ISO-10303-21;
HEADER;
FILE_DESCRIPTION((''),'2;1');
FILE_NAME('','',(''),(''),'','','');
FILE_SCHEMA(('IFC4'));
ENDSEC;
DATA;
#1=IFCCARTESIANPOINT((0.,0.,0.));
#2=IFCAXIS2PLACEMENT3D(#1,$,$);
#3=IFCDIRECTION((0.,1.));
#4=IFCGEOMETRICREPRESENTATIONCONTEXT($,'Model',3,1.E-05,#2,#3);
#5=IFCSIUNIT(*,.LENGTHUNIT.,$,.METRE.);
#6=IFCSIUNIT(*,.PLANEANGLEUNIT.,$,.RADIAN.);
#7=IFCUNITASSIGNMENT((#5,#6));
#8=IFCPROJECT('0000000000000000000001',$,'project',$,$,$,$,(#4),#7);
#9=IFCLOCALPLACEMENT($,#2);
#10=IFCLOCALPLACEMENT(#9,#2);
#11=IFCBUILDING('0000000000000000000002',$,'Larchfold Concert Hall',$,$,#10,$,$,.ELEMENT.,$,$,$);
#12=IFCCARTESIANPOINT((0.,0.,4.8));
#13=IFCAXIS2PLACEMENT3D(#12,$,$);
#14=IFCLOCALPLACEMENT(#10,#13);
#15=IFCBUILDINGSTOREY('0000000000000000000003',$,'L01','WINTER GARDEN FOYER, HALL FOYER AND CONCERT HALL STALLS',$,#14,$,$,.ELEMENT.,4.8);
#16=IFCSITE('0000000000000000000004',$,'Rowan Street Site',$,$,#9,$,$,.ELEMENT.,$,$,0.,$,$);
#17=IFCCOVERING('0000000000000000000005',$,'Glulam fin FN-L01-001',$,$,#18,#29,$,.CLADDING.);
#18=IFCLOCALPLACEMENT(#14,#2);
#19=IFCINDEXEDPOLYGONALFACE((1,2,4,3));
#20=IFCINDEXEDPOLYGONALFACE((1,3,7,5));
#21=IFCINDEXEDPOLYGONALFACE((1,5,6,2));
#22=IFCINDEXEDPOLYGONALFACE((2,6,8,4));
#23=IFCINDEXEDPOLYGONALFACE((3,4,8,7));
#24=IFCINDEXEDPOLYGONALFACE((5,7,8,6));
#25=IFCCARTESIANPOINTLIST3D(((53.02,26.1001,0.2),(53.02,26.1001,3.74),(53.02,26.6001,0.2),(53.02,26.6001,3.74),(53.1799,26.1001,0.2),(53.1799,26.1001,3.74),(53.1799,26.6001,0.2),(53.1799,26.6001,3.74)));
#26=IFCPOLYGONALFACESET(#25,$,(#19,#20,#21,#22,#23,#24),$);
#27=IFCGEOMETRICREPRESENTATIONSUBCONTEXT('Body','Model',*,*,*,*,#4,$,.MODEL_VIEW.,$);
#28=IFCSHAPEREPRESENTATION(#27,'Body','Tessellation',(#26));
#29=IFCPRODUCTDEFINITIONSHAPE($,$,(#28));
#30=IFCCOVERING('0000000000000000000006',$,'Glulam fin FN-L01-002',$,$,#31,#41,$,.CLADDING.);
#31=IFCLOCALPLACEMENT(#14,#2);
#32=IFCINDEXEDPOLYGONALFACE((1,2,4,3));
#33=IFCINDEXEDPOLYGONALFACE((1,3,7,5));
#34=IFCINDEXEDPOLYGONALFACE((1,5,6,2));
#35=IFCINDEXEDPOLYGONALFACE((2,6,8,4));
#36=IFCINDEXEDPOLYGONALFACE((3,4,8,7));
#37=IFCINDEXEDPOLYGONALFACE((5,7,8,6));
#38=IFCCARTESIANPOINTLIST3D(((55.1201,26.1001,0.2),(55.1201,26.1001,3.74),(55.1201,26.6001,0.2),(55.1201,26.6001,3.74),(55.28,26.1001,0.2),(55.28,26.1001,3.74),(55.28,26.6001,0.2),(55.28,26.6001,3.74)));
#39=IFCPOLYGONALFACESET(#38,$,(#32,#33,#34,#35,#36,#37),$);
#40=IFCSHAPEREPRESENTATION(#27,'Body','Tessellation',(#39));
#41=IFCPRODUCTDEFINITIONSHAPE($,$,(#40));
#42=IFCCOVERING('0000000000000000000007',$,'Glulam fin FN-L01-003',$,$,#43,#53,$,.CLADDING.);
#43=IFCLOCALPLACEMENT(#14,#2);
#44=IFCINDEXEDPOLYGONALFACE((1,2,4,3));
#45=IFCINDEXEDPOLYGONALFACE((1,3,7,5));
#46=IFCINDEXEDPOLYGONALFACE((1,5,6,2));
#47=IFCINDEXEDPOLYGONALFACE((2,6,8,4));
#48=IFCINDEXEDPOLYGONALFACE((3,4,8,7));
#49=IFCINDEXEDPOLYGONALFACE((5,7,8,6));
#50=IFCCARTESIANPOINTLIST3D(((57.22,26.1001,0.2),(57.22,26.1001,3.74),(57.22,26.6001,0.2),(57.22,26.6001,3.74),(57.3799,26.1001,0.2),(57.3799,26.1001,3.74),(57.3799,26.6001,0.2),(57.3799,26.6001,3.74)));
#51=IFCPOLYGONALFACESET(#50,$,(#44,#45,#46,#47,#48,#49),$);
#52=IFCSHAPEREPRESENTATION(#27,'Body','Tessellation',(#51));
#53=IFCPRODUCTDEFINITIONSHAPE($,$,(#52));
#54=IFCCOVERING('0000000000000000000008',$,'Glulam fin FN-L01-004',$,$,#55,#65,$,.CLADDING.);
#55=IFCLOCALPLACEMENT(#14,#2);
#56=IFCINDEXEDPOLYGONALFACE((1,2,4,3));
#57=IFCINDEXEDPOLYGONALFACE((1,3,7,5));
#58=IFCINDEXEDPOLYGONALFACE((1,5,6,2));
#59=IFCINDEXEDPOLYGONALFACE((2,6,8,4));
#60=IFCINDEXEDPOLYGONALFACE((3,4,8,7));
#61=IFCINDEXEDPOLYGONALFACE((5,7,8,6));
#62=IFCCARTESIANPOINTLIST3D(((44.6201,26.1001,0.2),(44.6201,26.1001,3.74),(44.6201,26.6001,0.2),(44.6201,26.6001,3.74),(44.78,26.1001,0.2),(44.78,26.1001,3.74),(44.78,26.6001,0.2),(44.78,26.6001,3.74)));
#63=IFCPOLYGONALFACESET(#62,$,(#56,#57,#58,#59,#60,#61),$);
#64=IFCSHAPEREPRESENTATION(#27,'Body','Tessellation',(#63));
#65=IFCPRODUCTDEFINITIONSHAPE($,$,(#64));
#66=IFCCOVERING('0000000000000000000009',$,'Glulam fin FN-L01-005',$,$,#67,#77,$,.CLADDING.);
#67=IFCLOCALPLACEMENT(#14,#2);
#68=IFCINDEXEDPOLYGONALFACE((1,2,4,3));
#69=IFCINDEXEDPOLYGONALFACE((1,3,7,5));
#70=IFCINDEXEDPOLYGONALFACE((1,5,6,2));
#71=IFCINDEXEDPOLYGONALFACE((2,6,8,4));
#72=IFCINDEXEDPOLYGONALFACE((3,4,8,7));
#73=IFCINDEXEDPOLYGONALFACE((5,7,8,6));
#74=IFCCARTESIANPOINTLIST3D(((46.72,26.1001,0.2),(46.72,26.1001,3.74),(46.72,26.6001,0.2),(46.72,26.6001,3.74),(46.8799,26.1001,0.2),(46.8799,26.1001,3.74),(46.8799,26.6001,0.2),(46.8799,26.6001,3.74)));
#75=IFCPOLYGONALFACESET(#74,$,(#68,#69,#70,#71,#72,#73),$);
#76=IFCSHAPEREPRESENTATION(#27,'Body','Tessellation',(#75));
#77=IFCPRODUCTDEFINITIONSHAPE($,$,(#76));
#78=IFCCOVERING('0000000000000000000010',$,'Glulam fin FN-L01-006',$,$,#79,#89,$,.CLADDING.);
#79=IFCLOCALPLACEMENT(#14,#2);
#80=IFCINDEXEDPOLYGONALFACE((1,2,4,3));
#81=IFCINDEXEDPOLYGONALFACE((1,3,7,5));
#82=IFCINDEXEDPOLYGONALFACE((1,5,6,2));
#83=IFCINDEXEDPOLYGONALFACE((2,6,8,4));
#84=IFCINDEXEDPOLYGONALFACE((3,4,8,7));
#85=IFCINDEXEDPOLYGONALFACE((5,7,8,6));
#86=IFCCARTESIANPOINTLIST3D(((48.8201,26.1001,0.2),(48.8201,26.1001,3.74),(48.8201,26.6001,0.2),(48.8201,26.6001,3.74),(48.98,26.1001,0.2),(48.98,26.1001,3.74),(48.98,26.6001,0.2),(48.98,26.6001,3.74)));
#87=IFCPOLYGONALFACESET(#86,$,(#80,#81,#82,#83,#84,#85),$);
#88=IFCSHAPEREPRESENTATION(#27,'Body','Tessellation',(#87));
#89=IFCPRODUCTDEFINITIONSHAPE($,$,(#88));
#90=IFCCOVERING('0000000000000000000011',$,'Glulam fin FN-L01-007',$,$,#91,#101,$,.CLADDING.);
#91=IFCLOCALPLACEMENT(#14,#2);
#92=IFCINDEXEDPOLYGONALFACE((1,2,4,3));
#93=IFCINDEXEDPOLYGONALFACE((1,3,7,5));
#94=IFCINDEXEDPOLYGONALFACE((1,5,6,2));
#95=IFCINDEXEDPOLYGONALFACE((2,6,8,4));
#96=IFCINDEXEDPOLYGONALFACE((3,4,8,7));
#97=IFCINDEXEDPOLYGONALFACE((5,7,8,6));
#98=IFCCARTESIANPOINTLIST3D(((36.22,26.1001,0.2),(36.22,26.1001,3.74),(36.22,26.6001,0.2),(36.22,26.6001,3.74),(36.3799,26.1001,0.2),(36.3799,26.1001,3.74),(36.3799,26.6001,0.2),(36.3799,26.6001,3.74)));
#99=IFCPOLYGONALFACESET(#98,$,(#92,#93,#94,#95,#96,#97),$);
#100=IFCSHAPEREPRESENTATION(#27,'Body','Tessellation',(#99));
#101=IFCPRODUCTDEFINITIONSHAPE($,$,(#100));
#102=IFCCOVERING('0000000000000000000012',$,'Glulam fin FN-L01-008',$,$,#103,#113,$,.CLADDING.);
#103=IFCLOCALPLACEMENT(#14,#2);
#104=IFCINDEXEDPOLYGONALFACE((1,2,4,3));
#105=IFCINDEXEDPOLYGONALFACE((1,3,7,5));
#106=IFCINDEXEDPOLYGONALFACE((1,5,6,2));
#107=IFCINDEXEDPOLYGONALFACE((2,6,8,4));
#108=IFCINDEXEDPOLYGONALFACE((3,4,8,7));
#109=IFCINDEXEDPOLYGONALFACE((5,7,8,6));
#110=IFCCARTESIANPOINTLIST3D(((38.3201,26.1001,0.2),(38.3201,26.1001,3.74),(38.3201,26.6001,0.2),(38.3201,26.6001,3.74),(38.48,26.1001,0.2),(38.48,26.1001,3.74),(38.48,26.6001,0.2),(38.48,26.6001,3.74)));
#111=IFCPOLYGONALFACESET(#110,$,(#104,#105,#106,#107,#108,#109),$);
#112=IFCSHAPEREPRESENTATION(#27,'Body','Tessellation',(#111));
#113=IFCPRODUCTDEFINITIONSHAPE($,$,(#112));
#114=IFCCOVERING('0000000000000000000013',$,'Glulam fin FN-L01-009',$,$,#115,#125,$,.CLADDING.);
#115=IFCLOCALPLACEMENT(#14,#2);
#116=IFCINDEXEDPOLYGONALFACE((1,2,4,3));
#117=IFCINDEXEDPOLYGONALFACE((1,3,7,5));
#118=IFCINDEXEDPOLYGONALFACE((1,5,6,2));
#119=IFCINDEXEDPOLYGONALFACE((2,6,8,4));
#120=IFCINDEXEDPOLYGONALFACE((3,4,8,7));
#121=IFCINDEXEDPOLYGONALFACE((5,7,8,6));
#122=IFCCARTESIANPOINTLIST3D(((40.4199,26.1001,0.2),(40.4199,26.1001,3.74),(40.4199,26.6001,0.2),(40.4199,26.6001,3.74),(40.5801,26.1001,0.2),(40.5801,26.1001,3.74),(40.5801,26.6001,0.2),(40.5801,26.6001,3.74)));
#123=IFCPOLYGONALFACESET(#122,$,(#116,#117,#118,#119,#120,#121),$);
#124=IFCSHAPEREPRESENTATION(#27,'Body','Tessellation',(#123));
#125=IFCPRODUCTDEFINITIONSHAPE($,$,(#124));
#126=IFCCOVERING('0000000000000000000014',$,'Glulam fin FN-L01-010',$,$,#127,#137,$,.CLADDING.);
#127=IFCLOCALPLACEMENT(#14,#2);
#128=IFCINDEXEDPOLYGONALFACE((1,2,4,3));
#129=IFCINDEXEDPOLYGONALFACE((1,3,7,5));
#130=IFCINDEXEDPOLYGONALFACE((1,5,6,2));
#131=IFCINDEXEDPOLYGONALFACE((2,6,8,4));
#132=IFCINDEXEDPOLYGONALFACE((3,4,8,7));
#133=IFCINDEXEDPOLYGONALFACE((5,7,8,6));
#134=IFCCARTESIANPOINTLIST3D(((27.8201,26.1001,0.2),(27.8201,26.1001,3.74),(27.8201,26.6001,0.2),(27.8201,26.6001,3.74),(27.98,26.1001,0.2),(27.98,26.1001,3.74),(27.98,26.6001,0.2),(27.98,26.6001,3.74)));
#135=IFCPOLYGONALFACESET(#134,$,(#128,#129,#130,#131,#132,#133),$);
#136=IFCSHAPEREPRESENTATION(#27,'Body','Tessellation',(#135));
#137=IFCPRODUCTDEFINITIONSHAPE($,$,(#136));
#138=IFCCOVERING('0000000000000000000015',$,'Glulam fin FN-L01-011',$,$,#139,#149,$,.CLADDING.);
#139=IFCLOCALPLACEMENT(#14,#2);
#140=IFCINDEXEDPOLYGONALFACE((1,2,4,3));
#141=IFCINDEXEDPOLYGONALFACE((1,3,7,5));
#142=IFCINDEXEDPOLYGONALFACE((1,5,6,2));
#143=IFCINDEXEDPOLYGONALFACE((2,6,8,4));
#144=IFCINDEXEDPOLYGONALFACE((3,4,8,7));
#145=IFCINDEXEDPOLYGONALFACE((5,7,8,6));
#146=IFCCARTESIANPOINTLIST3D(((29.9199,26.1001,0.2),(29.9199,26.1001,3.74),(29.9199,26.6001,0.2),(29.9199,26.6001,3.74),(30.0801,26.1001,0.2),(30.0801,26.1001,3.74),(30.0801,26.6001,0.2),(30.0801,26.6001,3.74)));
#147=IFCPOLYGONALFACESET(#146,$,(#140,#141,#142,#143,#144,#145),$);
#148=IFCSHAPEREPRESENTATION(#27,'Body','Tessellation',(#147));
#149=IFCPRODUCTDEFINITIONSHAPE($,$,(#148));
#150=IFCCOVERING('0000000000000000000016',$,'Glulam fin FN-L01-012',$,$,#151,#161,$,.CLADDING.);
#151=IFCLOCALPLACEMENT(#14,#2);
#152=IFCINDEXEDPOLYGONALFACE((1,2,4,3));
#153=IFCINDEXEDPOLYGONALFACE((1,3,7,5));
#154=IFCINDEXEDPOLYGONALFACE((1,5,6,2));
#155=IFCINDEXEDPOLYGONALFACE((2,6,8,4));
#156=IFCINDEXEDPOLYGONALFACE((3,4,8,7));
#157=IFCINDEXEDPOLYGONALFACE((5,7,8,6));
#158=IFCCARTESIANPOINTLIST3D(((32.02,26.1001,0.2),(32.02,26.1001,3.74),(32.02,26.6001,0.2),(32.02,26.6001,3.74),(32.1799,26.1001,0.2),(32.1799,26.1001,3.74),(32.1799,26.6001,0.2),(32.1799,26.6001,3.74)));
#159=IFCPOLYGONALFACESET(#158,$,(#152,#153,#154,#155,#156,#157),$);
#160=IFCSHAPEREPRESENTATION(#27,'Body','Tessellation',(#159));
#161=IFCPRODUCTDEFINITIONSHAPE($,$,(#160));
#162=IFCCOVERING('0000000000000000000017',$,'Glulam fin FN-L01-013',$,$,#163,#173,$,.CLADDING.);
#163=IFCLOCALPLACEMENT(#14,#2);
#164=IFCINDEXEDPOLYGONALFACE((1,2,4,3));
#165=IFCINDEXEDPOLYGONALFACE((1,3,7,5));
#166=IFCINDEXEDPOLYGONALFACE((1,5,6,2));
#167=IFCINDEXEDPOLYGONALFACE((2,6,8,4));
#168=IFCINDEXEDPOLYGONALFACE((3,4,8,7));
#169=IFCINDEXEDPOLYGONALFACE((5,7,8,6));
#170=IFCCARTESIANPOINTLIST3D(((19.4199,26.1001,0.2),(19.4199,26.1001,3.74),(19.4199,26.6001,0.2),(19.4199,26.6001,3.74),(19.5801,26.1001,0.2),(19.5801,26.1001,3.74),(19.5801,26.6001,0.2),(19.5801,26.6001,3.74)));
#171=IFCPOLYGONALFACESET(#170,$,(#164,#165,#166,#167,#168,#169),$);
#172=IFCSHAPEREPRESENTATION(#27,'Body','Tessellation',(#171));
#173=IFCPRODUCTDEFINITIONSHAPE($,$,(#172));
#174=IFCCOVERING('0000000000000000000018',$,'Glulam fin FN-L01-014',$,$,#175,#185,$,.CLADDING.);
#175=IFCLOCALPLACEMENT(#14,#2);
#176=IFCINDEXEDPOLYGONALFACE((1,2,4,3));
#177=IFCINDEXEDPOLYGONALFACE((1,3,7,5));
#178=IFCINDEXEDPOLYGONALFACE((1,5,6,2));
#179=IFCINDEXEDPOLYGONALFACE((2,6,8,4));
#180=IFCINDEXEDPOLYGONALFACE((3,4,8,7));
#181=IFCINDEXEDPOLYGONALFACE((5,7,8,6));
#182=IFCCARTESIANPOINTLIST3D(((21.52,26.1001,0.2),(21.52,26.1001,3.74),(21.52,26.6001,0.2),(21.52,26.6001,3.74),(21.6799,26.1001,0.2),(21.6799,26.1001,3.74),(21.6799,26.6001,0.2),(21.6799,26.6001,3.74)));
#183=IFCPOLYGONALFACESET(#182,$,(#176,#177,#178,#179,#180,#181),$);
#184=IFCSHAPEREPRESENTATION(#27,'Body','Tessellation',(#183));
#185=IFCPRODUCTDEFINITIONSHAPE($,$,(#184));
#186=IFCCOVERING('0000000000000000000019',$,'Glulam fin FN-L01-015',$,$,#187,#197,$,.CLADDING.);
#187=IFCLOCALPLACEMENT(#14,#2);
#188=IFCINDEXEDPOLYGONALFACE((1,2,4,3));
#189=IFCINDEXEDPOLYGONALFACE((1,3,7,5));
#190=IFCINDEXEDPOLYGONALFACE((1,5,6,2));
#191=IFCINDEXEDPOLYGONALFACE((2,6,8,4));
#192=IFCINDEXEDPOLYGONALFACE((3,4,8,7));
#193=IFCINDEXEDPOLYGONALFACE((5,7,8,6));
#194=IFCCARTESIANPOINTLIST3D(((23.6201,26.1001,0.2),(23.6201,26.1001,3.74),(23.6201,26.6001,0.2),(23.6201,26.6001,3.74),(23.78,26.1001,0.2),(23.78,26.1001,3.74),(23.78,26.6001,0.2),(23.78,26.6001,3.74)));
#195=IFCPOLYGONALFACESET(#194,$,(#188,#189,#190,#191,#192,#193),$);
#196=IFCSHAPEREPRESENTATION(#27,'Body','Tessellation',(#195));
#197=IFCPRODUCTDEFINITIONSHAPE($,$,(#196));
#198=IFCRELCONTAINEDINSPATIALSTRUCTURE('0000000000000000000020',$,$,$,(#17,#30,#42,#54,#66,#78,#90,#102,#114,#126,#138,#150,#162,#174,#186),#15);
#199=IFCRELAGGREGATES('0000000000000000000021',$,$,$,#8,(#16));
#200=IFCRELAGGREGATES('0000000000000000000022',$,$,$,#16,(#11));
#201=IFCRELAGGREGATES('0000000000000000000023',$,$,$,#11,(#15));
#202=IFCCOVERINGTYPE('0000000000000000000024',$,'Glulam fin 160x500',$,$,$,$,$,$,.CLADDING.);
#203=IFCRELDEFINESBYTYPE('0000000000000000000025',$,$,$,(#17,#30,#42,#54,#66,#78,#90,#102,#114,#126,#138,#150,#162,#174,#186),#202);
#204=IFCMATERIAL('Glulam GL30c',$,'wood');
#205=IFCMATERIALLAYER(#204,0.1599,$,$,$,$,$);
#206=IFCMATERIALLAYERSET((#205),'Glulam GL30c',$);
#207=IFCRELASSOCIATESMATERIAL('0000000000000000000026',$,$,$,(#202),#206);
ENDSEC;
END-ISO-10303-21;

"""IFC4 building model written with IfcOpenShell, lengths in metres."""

from ifc_helpers import new_model, si_unit, direction, frame, origin, place, context, subcontext, project, spatial, polyline, outline, extrude, material, layer, layer_set, type_object, element, save


model = new_model("IFC4")

# Units and contexts
model_context = context("Model", 3, precision=1e-05, world=origin(), true_north=direction((0.0, 1.0)))
body_context = subcontext(model_context, "Body", "Model", "MODEL_VIEW")
ifc_project = project(units=[si_unit("LENGTHUNIT", "METRE"), si_unit("PLANEANGLEUNIT", "RADIAN")], contexts=[model_context])

# Site, building, storey
site_placement = place(None, origin())
site = spatial("IfcSite", under=ifc_project, at=site_placement, Name="Rowan Street Site", CompositionType="ELEMENT", RefElevation=0.0)
building_placement = place(site_placement, origin())
building = spatial("IfcBuilding", under=site, at=building_placement, Name="Larchfold Concert Hall", CompositionType="ELEMENT")
storey_placement = place(building_placement, frame((0.0, 0.0, 4.8)))
storey = spatial("IfcBuildingStorey", under=building, at=storey_placement, Name="L01", Description="WINTER GARDEN FOYER, HALL FOYER AND CONCERT HALL STALLS", CompositionType="ELEMENT", Elevation=4.8)

# Coverings
ifc_material_1 = material(Name="Glulam GL30c", Category="wood")
ifc_layer_1 = layer(ifc_material_1, 0.1599)
ifc_layer_set_1 = layer_set([ifc_layer_1], Name="Glulam GL30c")
covering_type_1 = type_object("IfcCoveringType", Name="Glulam fin 160x500", PredefinedType="CLADDING", material=ifc_layer_set_1)
covering_1_placement = place(storey_placement, frame((0.0, 0.0, 0.2)))
element("IfcCovering", 1, at=covering_1_placement, inside=storey, type_object=covering_type_1, Name="Glulam fin FN-L01-001", PredefinedType="CLADDING", context=body_context, shape_type="SweptSolid", body=[
    extrude(outline(polyline([(53.1799, 26.1001), (53.1799, 26.6001), (53.02, 26.6001), (53.02, 26.1001), (53.1799, 26.1001)])), origin(), (0.0, 0.0, 1.0), 3.54),
])
covering_2_placement = place(storey_placement, frame((0.0, 0.0, 0.2)))
element("IfcCovering", 2, at=covering_2_placement, inside=storey, type_object=covering_type_1, Name="Glulam fin FN-L01-002", PredefinedType="CLADDING", context=body_context, shape_type="SweptSolid", body=[
    extrude(outline(polyline([(55.28, 26.1001), (55.28, 26.6001), (55.1201, 26.6001), (55.1201, 26.1001), (55.28, 26.1001)])), origin(), (0.0, 0.0, 1.0), 3.54),
])
covering_3_placement = place(storey_placement, frame((0.0, 0.0, 0.2)))
element("IfcCovering", 3, at=covering_3_placement, inside=storey, type_object=covering_type_1, Name="Glulam fin FN-L01-003", PredefinedType="CLADDING", context=body_context, shape_type="SweptSolid", body=[
    extrude(outline(polyline([(57.3799, 26.1001), (57.3799, 26.6001), (57.22, 26.6001), (57.22, 26.1001), (57.3799, 26.1001)])), origin(), (0.0, 0.0, 1.0), 3.54),
])
covering_4_placement = place(storey_placement, frame((0.0, 0.0, 0.2)))
element("IfcCovering", 4, at=covering_4_placement, inside=storey, type_object=covering_type_1, Name="Glulam fin FN-L01-004", PredefinedType="CLADDING", context=body_context, shape_type="SweptSolid", body=[
    extrude(outline(polyline([(44.78, 26.1001), (44.78, 26.6001), (44.6201, 26.6001), (44.6201, 26.1001), (44.78, 26.1001)])), origin(), (0.0, 0.0, 1.0), 3.54),
])
covering_5_placement = place(storey_placement, frame((0.0, 0.0, 0.2)))
element("IfcCovering", 5, at=covering_5_placement, inside=storey, type_object=covering_type_1, Name="Glulam fin FN-L01-005", PredefinedType="CLADDING", context=body_context, shape_type="SweptSolid", body=[
    extrude(outline(polyline([(46.8799, 26.1001), (46.8799, 26.6001), (46.72, 26.6001), (46.72, 26.1001), (46.8799, 26.1001)])), origin(), (0.0, 0.0, 1.0), 3.54),
])
covering_6_placement = place(storey_placement, frame((0.0, 0.0, 0.2)))
element("IfcCovering", 6, at=covering_6_placement, inside=storey, type_object=covering_type_1, Name="Glulam fin FN-L01-006", PredefinedType="CLADDING", context=body_context, shape_type="SweptSolid", body=[
    extrude(outline(polyline([(48.98, 26.1001), (48.98, 26.6001), (48.8201, 26.6001), (48.8201, 26.1001), (48.98, 26.1001)])), origin(), (0.0, 0.0, 1.0), 3.54),
])
covering_7_placement = place(storey_placement, frame((0.0, 0.0, 0.2)))
element("IfcCovering", 7, at=covering_7_placement, inside=storey, type_object=covering_type_1, Name="Glulam fin FN-L01-007", PredefinedType="CLADDING", context=body_context, shape_type="SweptSolid", body=[
    extrude(outline(polyline([(36.3799, 26.1001), (36.3799, 26.6001), (36.22, 26.6001), (36.22, 26.1001), (36.3799, 26.1001)])), origin(), (0.0, 0.0, 1.0), 3.54),
])
covering_8_placement = place(storey_placement, frame((0.0, 0.0, 0.2)))
element("IfcCovering", 8, at=covering_8_placement, inside=storey, type_object=covering_type_1, Name="Glulam fin FN-L01-008", PredefinedType="CLADDING", context=body_context, shape_type="SweptSolid", body=[
    extrude(outline(polyline([(38.48, 26.1001), (38.48, 26.6001), (38.3201, 26.6001), (38.3201, 26.1001), (38.48, 26.1001)])), origin(), (0.0, 0.0, 1.0), 3.54),
])
covering_9_placement = place(storey_placement, frame((0.0, 0.0, 0.2)))
element("IfcCovering", 9, at=covering_9_placement, inside=storey, type_object=covering_type_1, Name="Glulam fin FN-L01-009", PredefinedType="CLADDING", context=body_context, shape_type="SweptSolid", body=[
    extrude(outline(polyline([(40.5801, 26.1001), (40.5801, 26.6001), (40.4199, 26.6001), (40.4199, 26.1001), (40.5801, 26.1001)])), origin(), (0.0, 0.0, 1.0), 3.54),
])
covering_10_placement = place(storey_placement, frame((0.0, 0.0, 0.2)))
element("IfcCovering", 10, at=covering_10_placement, inside=storey, type_object=covering_type_1, Name="Glulam fin FN-L01-010", PredefinedType="CLADDING", context=body_context, shape_type="SweptSolid", body=[
    extrude(outline(polyline([(27.98, 26.1001), (27.98, 26.6001), (27.8201, 26.6001), (27.8201, 26.1001), (27.98, 26.1001)])), origin(), (0.0, 0.0, 1.0), 3.54),
])
covering_11_placement = place(storey_placement, frame((0.0, 0.0, 0.2)))
element("IfcCovering", 11, at=covering_11_placement, inside=storey, type_object=covering_type_1, Name="Glulam fin FN-L01-011", PredefinedType="CLADDING", context=body_context, shape_type="SweptSolid", body=[
    extrude(outline(polyline([(30.0801, 26.1001), (30.0801, 26.6001), (29.9199, 26.6001), (29.9199, 26.1001), (30.0801, 26.1001)])), origin(), (0.0, 0.0, 1.0), 3.54),
])
covering_12_placement = place(storey_placement, frame((0.0, 0.0, 0.2)))
element("IfcCovering", 12, at=covering_12_placement, inside=storey, type_object=covering_type_1, Name="Glulam fin FN-L01-012", PredefinedType="CLADDING", context=body_context, shape_type="SweptSolid", body=[
    extrude(outline(polyline([(32.1799, 26.1001), (32.1799, 26.6001), (32.02, 26.6001), (32.02, 26.1001), (32.1799, 26.1001)])), origin(), (0.0, 0.0, 1.0), 3.54),
])
covering_13_placement = place(storey_placement, frame((0.0, 0.0, 0.2)))
element("IfcCovering", 13, at=covering_13_placement, inside=storey, type_object=covering_type_1, Name="Glulam fin FN-L01-013", PredefinedType="CLADDING", context=body_context, shape_type="SweptSolid", body=[
    extrude(outline(polyline([(19.5801, 26.1001), (19.5801, 26.6001), (19.4199, 26.6001), (19.4199, 26.1001), (19.5801, 26.1001)])), origin(), (0.0, 0.0, 1.0), 3.54),
])
covering_14_placement = place(storey_placement, frame((0.0, 0.0, 0.2)))
element("IfcCovering", 14, at=covering_14_placement, inside=storey, type_object=covering_type_1, Name="Glulam fin FN-L01-014", PredefinedType="CLADDING", context=body_context, shape_type="SweptSolid", body=[
    extrude(outline(polyline([(21.6799, 26.1001), (21.6799, 26.6001), (21.52, 26.6001), (21.52, 26.1001), (21.6799, 26.1001)])), origin(), (0.0, 0.0, 1.0), 3.54),
])
covering_15_placement = place(storey_placement, frame((0.0, 0.0, 0.2)))
element("IfcCovering", 15, at=covering_15_placement, inside=storey, type_object=covering_type_1, Name="Glulam fin FN-L01-015", PredefinedType="CLADDING", context=body_context, shape_type="SweptSolid", body=[
    extrude(outline(polyline([(23.78, 26.1001), (23.78, 26.6001), (23.6201, 26.6001), (23.6201, 26.1001), (23.78, 26.1001)])), origin(), (0.0, 0.0, 1.0), 3.54),
])

save(model, "model.ifc")
